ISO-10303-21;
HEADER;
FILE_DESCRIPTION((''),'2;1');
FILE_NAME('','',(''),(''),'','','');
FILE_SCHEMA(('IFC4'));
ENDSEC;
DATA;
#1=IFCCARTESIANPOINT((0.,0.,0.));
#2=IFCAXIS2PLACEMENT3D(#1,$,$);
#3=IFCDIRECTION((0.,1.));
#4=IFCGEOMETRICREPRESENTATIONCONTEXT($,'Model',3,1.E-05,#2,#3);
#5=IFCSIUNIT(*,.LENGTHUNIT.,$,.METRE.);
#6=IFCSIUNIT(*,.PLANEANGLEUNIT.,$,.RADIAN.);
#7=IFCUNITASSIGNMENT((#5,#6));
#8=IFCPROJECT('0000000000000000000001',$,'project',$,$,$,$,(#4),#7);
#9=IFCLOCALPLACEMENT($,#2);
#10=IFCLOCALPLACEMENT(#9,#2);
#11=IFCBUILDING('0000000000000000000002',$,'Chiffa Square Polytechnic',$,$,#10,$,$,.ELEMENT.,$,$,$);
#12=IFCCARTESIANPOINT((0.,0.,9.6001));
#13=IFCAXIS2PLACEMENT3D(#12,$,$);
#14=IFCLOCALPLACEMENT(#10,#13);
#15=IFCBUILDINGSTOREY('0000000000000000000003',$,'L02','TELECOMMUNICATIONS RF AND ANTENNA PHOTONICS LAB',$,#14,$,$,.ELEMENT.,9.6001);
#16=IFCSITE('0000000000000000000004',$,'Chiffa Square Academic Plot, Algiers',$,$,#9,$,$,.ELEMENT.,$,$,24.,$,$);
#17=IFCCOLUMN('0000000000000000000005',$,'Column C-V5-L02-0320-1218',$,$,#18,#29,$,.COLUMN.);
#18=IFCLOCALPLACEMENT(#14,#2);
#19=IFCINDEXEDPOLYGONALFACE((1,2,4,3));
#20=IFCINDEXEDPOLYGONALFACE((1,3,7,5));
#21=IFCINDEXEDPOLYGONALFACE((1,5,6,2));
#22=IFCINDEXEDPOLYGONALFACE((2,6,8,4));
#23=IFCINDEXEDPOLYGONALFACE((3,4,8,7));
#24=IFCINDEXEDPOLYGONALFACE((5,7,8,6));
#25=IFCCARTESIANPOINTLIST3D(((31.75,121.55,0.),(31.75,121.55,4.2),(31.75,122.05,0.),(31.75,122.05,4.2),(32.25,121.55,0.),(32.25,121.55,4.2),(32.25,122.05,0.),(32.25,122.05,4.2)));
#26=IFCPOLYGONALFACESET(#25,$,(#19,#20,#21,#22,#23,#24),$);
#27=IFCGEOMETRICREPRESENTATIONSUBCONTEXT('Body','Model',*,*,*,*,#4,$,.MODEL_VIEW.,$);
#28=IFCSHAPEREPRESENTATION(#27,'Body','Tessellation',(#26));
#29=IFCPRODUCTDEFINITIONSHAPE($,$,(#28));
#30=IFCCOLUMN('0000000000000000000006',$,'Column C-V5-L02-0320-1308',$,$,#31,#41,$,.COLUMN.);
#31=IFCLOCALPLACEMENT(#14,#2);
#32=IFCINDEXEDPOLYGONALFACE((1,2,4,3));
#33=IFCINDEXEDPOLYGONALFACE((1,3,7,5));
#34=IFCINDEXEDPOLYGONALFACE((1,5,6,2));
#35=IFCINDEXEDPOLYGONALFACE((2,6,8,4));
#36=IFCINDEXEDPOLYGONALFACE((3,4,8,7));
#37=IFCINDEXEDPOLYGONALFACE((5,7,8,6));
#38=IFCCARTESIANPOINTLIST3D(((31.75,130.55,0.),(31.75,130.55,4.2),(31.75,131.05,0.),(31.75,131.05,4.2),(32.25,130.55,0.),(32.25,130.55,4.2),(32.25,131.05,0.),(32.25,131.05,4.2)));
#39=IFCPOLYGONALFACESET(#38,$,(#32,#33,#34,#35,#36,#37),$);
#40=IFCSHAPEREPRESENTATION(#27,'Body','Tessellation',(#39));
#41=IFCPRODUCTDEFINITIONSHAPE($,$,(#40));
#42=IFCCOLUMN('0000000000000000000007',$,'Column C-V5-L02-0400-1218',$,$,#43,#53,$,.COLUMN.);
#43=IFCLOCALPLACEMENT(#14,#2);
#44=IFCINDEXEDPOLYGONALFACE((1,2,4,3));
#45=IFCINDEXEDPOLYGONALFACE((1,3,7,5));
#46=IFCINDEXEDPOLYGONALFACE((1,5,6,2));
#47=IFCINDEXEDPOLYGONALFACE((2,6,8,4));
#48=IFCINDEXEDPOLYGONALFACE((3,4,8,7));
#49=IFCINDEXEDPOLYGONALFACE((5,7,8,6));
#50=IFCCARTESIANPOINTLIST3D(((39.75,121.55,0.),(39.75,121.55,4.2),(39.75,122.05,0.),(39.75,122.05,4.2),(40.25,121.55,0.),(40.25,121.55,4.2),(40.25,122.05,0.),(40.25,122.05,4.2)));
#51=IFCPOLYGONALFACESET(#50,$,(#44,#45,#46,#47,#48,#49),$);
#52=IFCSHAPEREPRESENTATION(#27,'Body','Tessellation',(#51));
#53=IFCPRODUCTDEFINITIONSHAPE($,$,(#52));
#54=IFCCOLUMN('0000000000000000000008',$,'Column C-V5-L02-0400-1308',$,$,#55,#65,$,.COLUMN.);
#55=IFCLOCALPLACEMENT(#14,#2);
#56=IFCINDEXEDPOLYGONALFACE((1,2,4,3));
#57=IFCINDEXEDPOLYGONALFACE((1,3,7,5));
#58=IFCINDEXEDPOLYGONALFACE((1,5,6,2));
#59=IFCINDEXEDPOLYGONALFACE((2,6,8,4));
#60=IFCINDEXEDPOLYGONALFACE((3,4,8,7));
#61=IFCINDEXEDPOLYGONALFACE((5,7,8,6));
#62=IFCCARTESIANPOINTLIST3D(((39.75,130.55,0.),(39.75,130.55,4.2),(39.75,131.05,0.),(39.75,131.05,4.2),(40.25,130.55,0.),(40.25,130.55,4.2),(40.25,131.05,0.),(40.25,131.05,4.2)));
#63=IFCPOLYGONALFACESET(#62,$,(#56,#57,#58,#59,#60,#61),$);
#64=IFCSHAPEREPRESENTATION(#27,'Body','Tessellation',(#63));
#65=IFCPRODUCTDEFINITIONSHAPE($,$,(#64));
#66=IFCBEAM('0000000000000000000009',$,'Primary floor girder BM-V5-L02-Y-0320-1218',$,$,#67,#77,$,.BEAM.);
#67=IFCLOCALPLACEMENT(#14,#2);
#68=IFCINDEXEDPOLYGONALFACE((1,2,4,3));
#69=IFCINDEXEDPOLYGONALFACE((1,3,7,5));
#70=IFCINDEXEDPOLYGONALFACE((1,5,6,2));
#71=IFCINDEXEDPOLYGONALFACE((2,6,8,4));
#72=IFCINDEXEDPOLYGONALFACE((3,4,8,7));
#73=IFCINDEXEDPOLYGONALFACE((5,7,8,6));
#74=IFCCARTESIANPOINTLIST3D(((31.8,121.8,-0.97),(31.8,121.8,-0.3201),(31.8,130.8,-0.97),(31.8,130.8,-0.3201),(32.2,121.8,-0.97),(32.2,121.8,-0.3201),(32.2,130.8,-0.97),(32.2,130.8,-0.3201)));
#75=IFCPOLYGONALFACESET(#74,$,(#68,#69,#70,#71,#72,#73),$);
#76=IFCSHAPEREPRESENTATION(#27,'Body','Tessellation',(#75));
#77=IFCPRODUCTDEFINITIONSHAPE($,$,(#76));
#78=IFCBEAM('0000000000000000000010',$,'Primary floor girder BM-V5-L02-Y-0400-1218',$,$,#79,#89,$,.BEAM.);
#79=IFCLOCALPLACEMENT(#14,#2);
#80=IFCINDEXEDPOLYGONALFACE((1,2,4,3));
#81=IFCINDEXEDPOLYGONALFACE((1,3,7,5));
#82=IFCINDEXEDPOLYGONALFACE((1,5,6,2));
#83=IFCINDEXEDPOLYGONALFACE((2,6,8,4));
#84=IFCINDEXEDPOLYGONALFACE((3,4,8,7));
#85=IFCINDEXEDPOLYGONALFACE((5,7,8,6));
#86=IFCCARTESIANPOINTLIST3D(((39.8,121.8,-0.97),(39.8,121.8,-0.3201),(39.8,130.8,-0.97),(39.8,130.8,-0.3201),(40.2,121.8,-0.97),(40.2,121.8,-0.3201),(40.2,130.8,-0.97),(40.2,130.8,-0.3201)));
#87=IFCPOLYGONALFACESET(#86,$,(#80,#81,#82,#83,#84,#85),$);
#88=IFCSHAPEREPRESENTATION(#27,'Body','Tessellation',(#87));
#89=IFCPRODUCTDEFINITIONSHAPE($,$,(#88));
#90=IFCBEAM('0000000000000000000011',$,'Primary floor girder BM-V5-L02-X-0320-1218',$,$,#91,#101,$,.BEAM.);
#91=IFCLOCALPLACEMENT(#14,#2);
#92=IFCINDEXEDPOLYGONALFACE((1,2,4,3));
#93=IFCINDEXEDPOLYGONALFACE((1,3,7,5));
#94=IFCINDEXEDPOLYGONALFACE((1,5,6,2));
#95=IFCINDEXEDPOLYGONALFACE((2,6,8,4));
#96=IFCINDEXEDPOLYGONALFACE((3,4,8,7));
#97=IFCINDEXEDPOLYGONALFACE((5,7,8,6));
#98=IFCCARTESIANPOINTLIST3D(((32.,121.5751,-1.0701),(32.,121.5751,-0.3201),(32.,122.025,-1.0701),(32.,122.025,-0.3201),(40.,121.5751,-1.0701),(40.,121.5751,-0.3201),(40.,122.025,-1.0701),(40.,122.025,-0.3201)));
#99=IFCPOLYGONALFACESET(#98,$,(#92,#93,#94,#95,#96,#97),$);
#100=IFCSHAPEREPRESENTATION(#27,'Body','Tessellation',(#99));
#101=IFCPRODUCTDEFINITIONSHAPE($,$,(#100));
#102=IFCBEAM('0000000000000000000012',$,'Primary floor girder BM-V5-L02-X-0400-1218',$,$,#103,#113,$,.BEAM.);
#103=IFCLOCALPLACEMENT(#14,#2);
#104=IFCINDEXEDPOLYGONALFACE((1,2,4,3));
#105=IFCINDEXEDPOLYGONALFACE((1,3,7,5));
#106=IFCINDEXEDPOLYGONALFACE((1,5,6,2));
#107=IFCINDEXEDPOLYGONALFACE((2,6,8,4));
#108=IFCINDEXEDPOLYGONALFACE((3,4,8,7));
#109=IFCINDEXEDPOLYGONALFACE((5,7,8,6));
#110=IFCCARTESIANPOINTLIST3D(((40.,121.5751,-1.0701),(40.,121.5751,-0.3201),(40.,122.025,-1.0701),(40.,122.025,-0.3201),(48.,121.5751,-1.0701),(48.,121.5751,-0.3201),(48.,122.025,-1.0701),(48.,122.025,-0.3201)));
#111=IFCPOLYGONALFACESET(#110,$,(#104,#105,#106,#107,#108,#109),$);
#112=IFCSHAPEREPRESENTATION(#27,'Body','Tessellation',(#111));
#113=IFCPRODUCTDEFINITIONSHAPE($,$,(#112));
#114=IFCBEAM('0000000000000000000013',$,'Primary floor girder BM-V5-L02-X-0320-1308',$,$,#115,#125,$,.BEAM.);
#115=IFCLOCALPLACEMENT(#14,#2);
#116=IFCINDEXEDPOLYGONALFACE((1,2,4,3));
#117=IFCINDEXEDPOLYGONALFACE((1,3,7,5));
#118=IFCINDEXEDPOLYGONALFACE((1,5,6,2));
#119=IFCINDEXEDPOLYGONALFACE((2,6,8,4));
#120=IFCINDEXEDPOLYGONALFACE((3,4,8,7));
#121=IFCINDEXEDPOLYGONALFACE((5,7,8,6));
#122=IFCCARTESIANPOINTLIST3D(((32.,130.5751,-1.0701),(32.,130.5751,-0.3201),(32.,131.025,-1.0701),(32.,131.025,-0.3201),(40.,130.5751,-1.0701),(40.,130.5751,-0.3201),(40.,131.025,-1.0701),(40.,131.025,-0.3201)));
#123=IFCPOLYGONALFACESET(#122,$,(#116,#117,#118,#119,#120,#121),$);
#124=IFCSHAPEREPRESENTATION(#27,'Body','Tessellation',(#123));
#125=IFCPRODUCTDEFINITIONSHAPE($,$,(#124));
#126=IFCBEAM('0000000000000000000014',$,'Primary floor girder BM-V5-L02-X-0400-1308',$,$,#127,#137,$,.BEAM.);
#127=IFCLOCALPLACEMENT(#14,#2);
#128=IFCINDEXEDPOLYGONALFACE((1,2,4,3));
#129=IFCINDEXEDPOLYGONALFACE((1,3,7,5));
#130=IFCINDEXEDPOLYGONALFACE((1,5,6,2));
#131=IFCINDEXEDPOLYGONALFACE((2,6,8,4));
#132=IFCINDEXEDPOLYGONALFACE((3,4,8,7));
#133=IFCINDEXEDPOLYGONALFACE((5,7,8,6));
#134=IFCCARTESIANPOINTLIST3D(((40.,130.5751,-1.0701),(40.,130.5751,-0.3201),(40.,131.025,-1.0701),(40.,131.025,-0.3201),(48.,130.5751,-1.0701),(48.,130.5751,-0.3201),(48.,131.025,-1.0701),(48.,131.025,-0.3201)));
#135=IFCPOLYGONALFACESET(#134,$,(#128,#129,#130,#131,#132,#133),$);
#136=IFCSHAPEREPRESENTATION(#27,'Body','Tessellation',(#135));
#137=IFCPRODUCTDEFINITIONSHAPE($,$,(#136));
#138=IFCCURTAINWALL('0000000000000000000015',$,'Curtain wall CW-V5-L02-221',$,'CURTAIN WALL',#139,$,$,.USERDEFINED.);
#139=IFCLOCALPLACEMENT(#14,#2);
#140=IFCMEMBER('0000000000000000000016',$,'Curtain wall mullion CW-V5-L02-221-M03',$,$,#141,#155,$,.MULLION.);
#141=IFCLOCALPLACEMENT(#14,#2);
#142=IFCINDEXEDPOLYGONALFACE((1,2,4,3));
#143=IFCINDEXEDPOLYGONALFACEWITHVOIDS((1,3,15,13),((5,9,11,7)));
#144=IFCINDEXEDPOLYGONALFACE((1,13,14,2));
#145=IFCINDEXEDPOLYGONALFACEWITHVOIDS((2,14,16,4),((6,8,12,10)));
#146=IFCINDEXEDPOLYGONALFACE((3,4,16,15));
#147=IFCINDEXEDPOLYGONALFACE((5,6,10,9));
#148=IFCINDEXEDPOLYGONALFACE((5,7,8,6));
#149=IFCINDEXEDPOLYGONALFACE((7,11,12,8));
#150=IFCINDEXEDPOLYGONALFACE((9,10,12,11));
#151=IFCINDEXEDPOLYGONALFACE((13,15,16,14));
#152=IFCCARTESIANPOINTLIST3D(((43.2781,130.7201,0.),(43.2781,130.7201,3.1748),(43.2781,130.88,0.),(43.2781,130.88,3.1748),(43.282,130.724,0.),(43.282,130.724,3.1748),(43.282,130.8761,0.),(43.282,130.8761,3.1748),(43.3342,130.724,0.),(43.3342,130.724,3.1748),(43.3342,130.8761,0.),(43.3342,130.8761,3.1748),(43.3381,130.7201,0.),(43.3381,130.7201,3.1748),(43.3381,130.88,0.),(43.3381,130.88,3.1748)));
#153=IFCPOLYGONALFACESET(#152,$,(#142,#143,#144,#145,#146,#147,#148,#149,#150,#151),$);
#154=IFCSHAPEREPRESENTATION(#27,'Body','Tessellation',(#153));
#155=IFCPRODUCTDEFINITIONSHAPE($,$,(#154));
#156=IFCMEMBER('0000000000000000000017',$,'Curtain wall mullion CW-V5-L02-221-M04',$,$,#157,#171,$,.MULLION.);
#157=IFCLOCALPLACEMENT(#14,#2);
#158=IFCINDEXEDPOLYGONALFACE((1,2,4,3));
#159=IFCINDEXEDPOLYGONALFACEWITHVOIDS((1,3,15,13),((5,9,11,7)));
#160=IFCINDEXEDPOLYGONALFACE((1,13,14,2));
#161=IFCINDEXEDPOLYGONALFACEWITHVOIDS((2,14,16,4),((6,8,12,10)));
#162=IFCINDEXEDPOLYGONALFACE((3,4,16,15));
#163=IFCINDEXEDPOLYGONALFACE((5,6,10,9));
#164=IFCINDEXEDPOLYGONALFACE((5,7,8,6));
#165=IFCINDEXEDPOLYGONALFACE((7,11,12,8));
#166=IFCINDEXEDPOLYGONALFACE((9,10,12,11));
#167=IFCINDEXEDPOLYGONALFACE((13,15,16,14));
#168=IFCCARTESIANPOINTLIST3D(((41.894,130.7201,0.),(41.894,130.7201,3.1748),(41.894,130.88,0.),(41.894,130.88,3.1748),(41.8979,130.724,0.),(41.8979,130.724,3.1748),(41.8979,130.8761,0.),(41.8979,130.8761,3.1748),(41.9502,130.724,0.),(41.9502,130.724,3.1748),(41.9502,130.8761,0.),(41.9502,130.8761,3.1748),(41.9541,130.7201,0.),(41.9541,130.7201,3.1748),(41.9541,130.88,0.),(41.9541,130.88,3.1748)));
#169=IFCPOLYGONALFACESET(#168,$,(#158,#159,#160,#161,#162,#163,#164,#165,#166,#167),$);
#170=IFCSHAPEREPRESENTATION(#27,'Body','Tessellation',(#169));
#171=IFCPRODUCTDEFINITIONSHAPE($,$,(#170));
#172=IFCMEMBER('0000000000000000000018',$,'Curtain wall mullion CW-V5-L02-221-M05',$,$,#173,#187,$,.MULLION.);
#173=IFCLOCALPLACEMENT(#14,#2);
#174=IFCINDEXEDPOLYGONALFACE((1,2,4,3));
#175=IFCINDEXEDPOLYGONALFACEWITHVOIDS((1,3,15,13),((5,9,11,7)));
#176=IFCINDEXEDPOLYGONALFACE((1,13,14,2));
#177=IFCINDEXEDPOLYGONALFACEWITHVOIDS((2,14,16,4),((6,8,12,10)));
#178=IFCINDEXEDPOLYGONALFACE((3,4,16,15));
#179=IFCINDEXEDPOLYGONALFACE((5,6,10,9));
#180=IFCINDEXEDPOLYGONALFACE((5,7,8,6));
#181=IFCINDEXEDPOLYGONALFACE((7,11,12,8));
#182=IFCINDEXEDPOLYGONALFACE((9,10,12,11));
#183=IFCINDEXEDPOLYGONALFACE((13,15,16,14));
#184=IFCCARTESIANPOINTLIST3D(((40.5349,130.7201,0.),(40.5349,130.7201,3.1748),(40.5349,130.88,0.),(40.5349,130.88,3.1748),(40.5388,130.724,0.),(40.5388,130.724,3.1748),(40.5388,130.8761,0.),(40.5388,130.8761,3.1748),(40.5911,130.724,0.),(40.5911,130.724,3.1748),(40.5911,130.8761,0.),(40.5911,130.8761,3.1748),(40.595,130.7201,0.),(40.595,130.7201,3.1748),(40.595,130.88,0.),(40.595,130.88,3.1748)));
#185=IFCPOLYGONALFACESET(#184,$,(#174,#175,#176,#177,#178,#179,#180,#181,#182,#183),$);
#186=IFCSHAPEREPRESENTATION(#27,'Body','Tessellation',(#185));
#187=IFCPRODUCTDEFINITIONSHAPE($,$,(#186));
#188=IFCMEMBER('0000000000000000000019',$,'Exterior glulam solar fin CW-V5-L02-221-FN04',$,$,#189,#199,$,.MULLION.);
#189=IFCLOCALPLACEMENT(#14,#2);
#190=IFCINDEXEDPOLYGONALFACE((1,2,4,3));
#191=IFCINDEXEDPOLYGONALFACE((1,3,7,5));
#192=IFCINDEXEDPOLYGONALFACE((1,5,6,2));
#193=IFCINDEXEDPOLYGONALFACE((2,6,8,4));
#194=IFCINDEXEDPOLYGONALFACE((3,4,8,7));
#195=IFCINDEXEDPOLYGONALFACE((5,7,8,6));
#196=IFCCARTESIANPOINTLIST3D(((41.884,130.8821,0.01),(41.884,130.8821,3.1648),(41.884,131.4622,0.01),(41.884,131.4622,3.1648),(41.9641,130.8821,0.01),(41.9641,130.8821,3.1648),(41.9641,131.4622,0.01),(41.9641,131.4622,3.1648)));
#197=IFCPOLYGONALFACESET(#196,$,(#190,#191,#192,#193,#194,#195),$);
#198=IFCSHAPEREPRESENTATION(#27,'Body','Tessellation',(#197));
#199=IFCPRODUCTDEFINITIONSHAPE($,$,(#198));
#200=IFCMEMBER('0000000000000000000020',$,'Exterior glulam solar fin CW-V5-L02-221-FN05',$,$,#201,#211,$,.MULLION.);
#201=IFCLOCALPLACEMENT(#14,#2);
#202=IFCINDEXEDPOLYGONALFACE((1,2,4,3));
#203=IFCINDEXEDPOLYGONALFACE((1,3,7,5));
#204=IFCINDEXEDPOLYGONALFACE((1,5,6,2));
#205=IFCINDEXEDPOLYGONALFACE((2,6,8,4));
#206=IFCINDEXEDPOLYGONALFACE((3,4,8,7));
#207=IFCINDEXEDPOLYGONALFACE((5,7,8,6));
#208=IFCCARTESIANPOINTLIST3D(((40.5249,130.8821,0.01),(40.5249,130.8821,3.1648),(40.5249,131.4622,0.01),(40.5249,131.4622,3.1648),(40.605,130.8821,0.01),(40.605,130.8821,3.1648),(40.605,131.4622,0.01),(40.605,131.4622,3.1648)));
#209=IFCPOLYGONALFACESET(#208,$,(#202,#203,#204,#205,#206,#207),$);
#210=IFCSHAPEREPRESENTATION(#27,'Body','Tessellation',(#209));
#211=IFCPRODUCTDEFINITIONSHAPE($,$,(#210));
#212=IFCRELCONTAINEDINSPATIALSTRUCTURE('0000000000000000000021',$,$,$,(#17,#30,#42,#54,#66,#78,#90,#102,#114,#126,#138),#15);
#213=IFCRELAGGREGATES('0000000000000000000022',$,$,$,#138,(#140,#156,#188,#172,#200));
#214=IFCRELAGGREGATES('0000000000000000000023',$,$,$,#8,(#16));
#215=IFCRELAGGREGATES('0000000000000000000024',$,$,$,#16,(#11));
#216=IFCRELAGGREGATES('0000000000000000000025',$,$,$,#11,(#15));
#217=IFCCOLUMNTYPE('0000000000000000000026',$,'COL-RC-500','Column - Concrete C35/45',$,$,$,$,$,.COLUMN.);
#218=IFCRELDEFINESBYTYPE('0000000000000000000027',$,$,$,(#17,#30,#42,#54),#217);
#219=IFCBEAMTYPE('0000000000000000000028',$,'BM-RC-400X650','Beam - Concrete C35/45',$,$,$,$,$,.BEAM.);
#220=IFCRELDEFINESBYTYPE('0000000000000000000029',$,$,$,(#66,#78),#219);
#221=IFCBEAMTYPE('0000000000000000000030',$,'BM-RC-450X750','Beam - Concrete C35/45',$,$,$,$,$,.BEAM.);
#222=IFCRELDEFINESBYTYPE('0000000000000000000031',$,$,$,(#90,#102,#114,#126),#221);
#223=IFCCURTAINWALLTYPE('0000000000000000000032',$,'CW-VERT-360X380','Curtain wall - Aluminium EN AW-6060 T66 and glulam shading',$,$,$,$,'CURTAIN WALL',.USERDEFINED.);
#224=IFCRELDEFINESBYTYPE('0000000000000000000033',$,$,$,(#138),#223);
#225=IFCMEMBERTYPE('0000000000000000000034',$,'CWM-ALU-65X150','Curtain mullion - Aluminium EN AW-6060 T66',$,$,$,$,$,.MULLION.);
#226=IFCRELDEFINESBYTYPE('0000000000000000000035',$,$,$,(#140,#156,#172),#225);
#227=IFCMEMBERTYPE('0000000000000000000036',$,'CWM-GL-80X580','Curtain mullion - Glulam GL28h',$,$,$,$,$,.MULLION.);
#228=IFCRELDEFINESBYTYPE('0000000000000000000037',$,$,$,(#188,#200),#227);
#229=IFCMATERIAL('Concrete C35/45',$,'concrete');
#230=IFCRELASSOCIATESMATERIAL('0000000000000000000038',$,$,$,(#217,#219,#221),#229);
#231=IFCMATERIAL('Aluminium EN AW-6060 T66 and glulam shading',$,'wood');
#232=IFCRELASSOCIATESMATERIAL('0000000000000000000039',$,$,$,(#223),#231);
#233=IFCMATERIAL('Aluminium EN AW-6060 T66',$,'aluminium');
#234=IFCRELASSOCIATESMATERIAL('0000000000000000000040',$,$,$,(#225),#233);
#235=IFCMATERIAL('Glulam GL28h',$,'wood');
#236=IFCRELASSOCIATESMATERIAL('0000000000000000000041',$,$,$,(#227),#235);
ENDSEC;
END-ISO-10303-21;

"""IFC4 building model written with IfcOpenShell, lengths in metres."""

from ifc_helpers import new_model, si_unit, direction, frame, origin, origin_2d, place, context, subcontext, project, spatial, rectangle, hollow_rectangle, extrude, material, material_profile, profile_set, type_object, element, aggregate, save


model = new_model("IFC4")

# Units and contexts
model_context = context("Model", 3, precision=1e-05, world=origin(), true_north=direction((0.0, 1.0)))
body_context = subcontext(model_context, "Body", "Model", "MODEL_VIEW")
ifc_project = project(units=[si_unit("LENGTHUNIT", "METRE"), si_unit("PLANEANGLEUNIT", "RADIAN")], contexts=[model_context])

# Site, building, storey
site_placement = place(None, origin())
site = spatial("IfcSite", under=ifc_project, at=site_placement, Name="Chiffa Square Academic Plot, Algiers", CompositionType="ELEMENT", RefElevation=24.0)
building_placement = place(site_placement, origin())
building = spatial("IfcBuilding", under=site, at=building_placement, Name="Chiffa Square Polytechnic", CompositionType="ELEMENT")
storey_placement = place(building_placement, frame((0.0, 0.0, 9.6001)))
storey = spatial("IfcBuildingStorey", under=building, at=storey_placement, Name="L02", Description="TELECOMMUNICATIONS RF AND ANTENNA PHOTONICS LAB", CompositionType="ELEMENT", Elevation=9.6001)

# Columns
ifc_material_1 = material(Name="Concrete C35/45", Category="concrete")
ifc_material_profile_1 = material_profile(ifc_material_1, rectangle(XDim=0.5, YDim=0.5, at=origin_2d()), Name="RC 500x500")
ifc_profile_set_1 = profile_set([ifc_material_profile_1], Name="Concrete C35/45")
column_type = type_object("IfcColumnType", Name="COL-RC-500", Description="Column - Concrete C35/45", PredefinedType="COLUMN", material=ifc_profile_set_1)
for number, where, z_axis, x_axis, name in (
    (1, (32.0, 121.8, 0.0), (0.0, 0.0, 1.0), (1.0, 0.0, 0.0), "Column C-V5-L02-0320-1218"),
    (2, (32.0, 130.8, 0.0), (0.0, 0.0, 1.0), (1.0, 0.0, 0.0), "Column C-V5-L02-0320-1308"),
    (3, (40.0, 121.8, 0.0), (0.0, 0.0, 1.0), (1.0, 0.0, 0.0), "Column C-V5-L02-0400-1218"),
    (4, (40.0, 130.8, 0.0), (0.0, 0.0, 1.0), (1.0, 0.0, 0.0), "Column C-V5-L02-0400-1308"),
):
    element("IfcColumn", number, at=place(storey_placement, frame(where, z_axis=z_axis, x_axis=x_axis)), inside=storey, type_object=column_type, Name=name, PredefinedType="COLUMN", context=body_context, shape_type="SweptSolid", body=[
        extrude(rectangle(XDim=0.5, YDim=0.5, at=origin_2d()), origin(), (0.0, 0.0, 1.0), 4.2),
    ])

# Beams
ifc_material_profile_2 = material_profile(ifc_material_1, rectangle(XDim=0.3999, YDim=0.6499, at=origin_2d()), Name="RC 400x650")
ifc_profile_set_2 = profile_set([ifc_material_profile_2], Name="Concrete C35/45")
beam_type_1 = type_object("IfcBeamType", Name="BM-RC-400X650", Description="Beam - Concrete C35/45", PredefinedType="BEAM", material=ifc_profile_set_2)
for number, where, z_axis, x_axis, name in (
    (5, (32.0, 121.8, -0.645), (0.0, 1.0, 0.0), (-1.0, 0.0, 0.0), "Primary floor girder BM-V5-L02-Y-0320-1218"),
    (6, (40.0, 121.8, -0.645), (0.0, 1.0, 0.0), (-1.0, 0.0, 0.0), "Primary floor girder BM-V5-L02-Y-0400-1218"),
):
    element("IfcBeam", number, at=place(storey_placement, frame(where, z_axis=z_axis, x_axis=x_axis)), inside=storey, type_object=beam_type_1, Name=name, PredefinedType="BEAM", context=body_context, shape_type="SweptSolid", body=[
        extrude(rectangle(XDim=0.3999, YDim=0.6499, at=origin_2d()), origin(), (0.0, 0.0, 1.0), 9.0),
    ])
ifc_material_profile_3 = material_profile(ifc_material_1, rectangle(XDim=0.45, YDim=0.75, at=origin_2d()), Name="RC 450x750")
ifc_profile_set_3 = profile_set([ifc_material_profile_3], Name="Concrete C35/45")
beam_type_2 = type_object("IfcBeamType", Name="BM-RC-450X750", Description="Beam - Concrete C35/45", PredefinedType="BEAM", material=ifc_profile_set_3)
for number, where, z_axis, x_axis, name in (
    (7, (32.0, 121.8, -0.6951), (1.0, 0.0, 0.0), (0.0, 1.0, 0.0), "Primary floor girder BM-V5-L02-X-0320-1218"),
    (8, (40.0, 121.8, -0.6951), (1.0, 0.0, 0.0), (0.0, 1.0, 0.0), "Primary floor girder BM-V5-L02-X-0400-1218"),
    (9, (32.0, 130.8, -0.6951), (1.0, 0.0, 0.0), (0.0, 1.0, 0.0), "Primary floor girder BM-V5-L02-X-0320-1308"),
    (10, (40.0, 130.8, -0.6951), (1.0, 0.0, 0.0), (0.0, 1.0, 0.0), "Primary floor girder BM-V5-L02-X-0400-1308"),
):
    element("IfcBeam", number, at=place(storey_placement, frame(where, z_axis=z_axis, x_axis=x_axis)), inside=storey, type_object=beam_type_2, Name=name, PredefinedType="BEAM", context=body_context, shape_type="SweptSolid", body=[
        extrude(rectangle(XDim=0.45, YDim=0.75, at=origin_2d()), origin(), (0.0, 0.0, 1.0), 8.0),
    ])

# Curtain wall, members
ifc_material_2 = material(Name="Aluminium EN AW-6060 T66 and glulam shading", Category="wood")
curtain_wall_type = type_object("IfcCurtainWallType", Name="CW-VERT-360X380", Description="Curtain wall - Aluminium EN AW-6060 T66 and glulam shading", ElementType="CURTAIN WALL", PredefinedType="USERDEFINED", material=ifc_material_2)
curtain_wall_placement = place(storey_placement, origin())
curtain_wall = element("IfcCurtainWall", 11, at=curtain_wall_placement, inside=storey, type_object=curtain_wall_type, Name="Curtain wall CW-V5-L02-221", ObjectType="CURTAIN WALL", PredefinedType="USERDEFINED")
ifc_material_3 = material(Name="Aluminium EN AW-6060 T66", Category="aluminium")
ifc_material_profile_4 = material_profile(ifc_material_3, hollow_rectangle(XDim=0.0601, YDim=0.1599, WallThickness=0.0039, at=origin_2d()), Name="ALU 60x160x4")
ifc_profile_set_4 = profile_set([ifc_material_profile_4], Name="Aluminium EN AW-6060 T66")
member_type_1 = type_object("IfcMemberType", Name="CWM-ALU-65X150", Description="Curtain mullion - Aluminium EN AW-6060 T66", PredefinedType="MULLION", material=ifc_profile_set_4)
member_1_placement = place(storey_placement, frame((43.3081, 130.8, 0.0), z_axis=(0.0, 0.0, 1.0), x_axis=(1.0, 0.0, 0.0)))
member_1 = element("IfcMember", 12, at=member_1_placement, type_object=member_type_1, Name="Curtain wall mullion CW-V5-L02-221-M03", PredefinedType="MULLION", context=body_context, shape_type="SweptSolid", body=[
    extrude(hollow_rectangle(XDim=0.0601, YDim=0.1599, WallThickness=0.0039, at=origin_2d()), origin(), (0.0, 0.0, 1.0), 3.1748),
])
member_2_placement = place(storey_placement, frame((41.9241, 130.8, 0.0), z_axis=(0.0, 0.0, 1.0), x_axis=(1.0, 0.0, 0.0)))
member_2 = element("IfcMember", 13, at=member_2_placement, type_object=member_type_1, Name="Curtain wall mullion CW-V5-L02-221-M04", PredefinedType="MULLION", context=body_context, shape_type="SweptSolid", body=[
    extrude(hollow_rectangle(XDim=0.0601, YDim=0.1599, WallThickness=0.0039, at=origin_2d()), origin(), (0.0, 0.0, 1.0), 3.1748),
])
member_3_placement = place(storey_placement, frame((40.5649, 130.8, 0.0), z_axis=(0.0, 0.0, 1.0), x_axis=(1.0, 0.0, 0.0)))
member_3 = element("IfcMember", 14, at=member_3_placement, type_object=member_type_1, Name="Curtain wall mullion CW-V5-L02-221-M05", PredefinedType="MULLION", context=body_context, shape_type="SweptSolid", body=[
    extrude(hollow_rectangle(XDim=0.0601, YDim=0.1599, WallThickness=0.0039, at=origin_2d()), origin(), (0.0, 0.0, 1.0), 3.1748),
])
ifc_material_4 = material(Name="Glulam GL28h", Category="wood")
ifc_material_profile_5 = material_profile(ifc_material_4, rectangle(XDim=0.0801, YDim=0.5801, at=origin_2d()), Name="GL28h 80x580")
ifc_profile_set_5 = profile_set([ifc_material_profile_5], Name="Glulam GL28h")
member_type_2 = type_object("IfcMemberType", Name="CWM-GL-80X580", Description="Curtain mullion - Glulam GL28h", PredefinedType="MULLION", material=ifc_profile_set_5)
member_4_placement = place(storey_placement, frame((41.9241, 131.1721, 0.01), z_axis=(0.0, 0.0, 1.0), x_axis=(-1.0, 0.0, 0.0)))
member_4 = element("IfcMember", 15, at=member_4_placement, type_object=member_type_2, Name="Exterior glulam solar fin CW-V5-L02-221-FN04", PredefinedType="MULLION", context=body_context, shape_type="SweptSolid", body=[
    extrude(rectangle(XDim=0.0801, YDim=0.5801, at=origin_2d()), origin(), (0.0, 0.0, 1.0), 3.1548),
])
member_5_placement = place(storey_placement, frame((40.5649, 131.1721, 0.01), z_axis=(0.0, 0.0, 1.0), x_axis=(-1.0, 0.0, 0.0)))
member_5 = element("IfcMember", 16, at=member_5_placement, type_object=member_type_2, Name="Exterior glulam solar fin CW-V5-L02-221-FN05", PredefinedType="MULLION", context=body_context, shape_type="SweptSolid", body=[
    extrude(rectangle(XDim=0.0801, YDim=0.5801, at=origin_2d()), origin(), (0.0, 0.0, 1.0), 3.1548),
])

aggregate(curtain_wall, [member_1, member_2, member_4, member_3, member_5])

save(model, "model.ifc")
